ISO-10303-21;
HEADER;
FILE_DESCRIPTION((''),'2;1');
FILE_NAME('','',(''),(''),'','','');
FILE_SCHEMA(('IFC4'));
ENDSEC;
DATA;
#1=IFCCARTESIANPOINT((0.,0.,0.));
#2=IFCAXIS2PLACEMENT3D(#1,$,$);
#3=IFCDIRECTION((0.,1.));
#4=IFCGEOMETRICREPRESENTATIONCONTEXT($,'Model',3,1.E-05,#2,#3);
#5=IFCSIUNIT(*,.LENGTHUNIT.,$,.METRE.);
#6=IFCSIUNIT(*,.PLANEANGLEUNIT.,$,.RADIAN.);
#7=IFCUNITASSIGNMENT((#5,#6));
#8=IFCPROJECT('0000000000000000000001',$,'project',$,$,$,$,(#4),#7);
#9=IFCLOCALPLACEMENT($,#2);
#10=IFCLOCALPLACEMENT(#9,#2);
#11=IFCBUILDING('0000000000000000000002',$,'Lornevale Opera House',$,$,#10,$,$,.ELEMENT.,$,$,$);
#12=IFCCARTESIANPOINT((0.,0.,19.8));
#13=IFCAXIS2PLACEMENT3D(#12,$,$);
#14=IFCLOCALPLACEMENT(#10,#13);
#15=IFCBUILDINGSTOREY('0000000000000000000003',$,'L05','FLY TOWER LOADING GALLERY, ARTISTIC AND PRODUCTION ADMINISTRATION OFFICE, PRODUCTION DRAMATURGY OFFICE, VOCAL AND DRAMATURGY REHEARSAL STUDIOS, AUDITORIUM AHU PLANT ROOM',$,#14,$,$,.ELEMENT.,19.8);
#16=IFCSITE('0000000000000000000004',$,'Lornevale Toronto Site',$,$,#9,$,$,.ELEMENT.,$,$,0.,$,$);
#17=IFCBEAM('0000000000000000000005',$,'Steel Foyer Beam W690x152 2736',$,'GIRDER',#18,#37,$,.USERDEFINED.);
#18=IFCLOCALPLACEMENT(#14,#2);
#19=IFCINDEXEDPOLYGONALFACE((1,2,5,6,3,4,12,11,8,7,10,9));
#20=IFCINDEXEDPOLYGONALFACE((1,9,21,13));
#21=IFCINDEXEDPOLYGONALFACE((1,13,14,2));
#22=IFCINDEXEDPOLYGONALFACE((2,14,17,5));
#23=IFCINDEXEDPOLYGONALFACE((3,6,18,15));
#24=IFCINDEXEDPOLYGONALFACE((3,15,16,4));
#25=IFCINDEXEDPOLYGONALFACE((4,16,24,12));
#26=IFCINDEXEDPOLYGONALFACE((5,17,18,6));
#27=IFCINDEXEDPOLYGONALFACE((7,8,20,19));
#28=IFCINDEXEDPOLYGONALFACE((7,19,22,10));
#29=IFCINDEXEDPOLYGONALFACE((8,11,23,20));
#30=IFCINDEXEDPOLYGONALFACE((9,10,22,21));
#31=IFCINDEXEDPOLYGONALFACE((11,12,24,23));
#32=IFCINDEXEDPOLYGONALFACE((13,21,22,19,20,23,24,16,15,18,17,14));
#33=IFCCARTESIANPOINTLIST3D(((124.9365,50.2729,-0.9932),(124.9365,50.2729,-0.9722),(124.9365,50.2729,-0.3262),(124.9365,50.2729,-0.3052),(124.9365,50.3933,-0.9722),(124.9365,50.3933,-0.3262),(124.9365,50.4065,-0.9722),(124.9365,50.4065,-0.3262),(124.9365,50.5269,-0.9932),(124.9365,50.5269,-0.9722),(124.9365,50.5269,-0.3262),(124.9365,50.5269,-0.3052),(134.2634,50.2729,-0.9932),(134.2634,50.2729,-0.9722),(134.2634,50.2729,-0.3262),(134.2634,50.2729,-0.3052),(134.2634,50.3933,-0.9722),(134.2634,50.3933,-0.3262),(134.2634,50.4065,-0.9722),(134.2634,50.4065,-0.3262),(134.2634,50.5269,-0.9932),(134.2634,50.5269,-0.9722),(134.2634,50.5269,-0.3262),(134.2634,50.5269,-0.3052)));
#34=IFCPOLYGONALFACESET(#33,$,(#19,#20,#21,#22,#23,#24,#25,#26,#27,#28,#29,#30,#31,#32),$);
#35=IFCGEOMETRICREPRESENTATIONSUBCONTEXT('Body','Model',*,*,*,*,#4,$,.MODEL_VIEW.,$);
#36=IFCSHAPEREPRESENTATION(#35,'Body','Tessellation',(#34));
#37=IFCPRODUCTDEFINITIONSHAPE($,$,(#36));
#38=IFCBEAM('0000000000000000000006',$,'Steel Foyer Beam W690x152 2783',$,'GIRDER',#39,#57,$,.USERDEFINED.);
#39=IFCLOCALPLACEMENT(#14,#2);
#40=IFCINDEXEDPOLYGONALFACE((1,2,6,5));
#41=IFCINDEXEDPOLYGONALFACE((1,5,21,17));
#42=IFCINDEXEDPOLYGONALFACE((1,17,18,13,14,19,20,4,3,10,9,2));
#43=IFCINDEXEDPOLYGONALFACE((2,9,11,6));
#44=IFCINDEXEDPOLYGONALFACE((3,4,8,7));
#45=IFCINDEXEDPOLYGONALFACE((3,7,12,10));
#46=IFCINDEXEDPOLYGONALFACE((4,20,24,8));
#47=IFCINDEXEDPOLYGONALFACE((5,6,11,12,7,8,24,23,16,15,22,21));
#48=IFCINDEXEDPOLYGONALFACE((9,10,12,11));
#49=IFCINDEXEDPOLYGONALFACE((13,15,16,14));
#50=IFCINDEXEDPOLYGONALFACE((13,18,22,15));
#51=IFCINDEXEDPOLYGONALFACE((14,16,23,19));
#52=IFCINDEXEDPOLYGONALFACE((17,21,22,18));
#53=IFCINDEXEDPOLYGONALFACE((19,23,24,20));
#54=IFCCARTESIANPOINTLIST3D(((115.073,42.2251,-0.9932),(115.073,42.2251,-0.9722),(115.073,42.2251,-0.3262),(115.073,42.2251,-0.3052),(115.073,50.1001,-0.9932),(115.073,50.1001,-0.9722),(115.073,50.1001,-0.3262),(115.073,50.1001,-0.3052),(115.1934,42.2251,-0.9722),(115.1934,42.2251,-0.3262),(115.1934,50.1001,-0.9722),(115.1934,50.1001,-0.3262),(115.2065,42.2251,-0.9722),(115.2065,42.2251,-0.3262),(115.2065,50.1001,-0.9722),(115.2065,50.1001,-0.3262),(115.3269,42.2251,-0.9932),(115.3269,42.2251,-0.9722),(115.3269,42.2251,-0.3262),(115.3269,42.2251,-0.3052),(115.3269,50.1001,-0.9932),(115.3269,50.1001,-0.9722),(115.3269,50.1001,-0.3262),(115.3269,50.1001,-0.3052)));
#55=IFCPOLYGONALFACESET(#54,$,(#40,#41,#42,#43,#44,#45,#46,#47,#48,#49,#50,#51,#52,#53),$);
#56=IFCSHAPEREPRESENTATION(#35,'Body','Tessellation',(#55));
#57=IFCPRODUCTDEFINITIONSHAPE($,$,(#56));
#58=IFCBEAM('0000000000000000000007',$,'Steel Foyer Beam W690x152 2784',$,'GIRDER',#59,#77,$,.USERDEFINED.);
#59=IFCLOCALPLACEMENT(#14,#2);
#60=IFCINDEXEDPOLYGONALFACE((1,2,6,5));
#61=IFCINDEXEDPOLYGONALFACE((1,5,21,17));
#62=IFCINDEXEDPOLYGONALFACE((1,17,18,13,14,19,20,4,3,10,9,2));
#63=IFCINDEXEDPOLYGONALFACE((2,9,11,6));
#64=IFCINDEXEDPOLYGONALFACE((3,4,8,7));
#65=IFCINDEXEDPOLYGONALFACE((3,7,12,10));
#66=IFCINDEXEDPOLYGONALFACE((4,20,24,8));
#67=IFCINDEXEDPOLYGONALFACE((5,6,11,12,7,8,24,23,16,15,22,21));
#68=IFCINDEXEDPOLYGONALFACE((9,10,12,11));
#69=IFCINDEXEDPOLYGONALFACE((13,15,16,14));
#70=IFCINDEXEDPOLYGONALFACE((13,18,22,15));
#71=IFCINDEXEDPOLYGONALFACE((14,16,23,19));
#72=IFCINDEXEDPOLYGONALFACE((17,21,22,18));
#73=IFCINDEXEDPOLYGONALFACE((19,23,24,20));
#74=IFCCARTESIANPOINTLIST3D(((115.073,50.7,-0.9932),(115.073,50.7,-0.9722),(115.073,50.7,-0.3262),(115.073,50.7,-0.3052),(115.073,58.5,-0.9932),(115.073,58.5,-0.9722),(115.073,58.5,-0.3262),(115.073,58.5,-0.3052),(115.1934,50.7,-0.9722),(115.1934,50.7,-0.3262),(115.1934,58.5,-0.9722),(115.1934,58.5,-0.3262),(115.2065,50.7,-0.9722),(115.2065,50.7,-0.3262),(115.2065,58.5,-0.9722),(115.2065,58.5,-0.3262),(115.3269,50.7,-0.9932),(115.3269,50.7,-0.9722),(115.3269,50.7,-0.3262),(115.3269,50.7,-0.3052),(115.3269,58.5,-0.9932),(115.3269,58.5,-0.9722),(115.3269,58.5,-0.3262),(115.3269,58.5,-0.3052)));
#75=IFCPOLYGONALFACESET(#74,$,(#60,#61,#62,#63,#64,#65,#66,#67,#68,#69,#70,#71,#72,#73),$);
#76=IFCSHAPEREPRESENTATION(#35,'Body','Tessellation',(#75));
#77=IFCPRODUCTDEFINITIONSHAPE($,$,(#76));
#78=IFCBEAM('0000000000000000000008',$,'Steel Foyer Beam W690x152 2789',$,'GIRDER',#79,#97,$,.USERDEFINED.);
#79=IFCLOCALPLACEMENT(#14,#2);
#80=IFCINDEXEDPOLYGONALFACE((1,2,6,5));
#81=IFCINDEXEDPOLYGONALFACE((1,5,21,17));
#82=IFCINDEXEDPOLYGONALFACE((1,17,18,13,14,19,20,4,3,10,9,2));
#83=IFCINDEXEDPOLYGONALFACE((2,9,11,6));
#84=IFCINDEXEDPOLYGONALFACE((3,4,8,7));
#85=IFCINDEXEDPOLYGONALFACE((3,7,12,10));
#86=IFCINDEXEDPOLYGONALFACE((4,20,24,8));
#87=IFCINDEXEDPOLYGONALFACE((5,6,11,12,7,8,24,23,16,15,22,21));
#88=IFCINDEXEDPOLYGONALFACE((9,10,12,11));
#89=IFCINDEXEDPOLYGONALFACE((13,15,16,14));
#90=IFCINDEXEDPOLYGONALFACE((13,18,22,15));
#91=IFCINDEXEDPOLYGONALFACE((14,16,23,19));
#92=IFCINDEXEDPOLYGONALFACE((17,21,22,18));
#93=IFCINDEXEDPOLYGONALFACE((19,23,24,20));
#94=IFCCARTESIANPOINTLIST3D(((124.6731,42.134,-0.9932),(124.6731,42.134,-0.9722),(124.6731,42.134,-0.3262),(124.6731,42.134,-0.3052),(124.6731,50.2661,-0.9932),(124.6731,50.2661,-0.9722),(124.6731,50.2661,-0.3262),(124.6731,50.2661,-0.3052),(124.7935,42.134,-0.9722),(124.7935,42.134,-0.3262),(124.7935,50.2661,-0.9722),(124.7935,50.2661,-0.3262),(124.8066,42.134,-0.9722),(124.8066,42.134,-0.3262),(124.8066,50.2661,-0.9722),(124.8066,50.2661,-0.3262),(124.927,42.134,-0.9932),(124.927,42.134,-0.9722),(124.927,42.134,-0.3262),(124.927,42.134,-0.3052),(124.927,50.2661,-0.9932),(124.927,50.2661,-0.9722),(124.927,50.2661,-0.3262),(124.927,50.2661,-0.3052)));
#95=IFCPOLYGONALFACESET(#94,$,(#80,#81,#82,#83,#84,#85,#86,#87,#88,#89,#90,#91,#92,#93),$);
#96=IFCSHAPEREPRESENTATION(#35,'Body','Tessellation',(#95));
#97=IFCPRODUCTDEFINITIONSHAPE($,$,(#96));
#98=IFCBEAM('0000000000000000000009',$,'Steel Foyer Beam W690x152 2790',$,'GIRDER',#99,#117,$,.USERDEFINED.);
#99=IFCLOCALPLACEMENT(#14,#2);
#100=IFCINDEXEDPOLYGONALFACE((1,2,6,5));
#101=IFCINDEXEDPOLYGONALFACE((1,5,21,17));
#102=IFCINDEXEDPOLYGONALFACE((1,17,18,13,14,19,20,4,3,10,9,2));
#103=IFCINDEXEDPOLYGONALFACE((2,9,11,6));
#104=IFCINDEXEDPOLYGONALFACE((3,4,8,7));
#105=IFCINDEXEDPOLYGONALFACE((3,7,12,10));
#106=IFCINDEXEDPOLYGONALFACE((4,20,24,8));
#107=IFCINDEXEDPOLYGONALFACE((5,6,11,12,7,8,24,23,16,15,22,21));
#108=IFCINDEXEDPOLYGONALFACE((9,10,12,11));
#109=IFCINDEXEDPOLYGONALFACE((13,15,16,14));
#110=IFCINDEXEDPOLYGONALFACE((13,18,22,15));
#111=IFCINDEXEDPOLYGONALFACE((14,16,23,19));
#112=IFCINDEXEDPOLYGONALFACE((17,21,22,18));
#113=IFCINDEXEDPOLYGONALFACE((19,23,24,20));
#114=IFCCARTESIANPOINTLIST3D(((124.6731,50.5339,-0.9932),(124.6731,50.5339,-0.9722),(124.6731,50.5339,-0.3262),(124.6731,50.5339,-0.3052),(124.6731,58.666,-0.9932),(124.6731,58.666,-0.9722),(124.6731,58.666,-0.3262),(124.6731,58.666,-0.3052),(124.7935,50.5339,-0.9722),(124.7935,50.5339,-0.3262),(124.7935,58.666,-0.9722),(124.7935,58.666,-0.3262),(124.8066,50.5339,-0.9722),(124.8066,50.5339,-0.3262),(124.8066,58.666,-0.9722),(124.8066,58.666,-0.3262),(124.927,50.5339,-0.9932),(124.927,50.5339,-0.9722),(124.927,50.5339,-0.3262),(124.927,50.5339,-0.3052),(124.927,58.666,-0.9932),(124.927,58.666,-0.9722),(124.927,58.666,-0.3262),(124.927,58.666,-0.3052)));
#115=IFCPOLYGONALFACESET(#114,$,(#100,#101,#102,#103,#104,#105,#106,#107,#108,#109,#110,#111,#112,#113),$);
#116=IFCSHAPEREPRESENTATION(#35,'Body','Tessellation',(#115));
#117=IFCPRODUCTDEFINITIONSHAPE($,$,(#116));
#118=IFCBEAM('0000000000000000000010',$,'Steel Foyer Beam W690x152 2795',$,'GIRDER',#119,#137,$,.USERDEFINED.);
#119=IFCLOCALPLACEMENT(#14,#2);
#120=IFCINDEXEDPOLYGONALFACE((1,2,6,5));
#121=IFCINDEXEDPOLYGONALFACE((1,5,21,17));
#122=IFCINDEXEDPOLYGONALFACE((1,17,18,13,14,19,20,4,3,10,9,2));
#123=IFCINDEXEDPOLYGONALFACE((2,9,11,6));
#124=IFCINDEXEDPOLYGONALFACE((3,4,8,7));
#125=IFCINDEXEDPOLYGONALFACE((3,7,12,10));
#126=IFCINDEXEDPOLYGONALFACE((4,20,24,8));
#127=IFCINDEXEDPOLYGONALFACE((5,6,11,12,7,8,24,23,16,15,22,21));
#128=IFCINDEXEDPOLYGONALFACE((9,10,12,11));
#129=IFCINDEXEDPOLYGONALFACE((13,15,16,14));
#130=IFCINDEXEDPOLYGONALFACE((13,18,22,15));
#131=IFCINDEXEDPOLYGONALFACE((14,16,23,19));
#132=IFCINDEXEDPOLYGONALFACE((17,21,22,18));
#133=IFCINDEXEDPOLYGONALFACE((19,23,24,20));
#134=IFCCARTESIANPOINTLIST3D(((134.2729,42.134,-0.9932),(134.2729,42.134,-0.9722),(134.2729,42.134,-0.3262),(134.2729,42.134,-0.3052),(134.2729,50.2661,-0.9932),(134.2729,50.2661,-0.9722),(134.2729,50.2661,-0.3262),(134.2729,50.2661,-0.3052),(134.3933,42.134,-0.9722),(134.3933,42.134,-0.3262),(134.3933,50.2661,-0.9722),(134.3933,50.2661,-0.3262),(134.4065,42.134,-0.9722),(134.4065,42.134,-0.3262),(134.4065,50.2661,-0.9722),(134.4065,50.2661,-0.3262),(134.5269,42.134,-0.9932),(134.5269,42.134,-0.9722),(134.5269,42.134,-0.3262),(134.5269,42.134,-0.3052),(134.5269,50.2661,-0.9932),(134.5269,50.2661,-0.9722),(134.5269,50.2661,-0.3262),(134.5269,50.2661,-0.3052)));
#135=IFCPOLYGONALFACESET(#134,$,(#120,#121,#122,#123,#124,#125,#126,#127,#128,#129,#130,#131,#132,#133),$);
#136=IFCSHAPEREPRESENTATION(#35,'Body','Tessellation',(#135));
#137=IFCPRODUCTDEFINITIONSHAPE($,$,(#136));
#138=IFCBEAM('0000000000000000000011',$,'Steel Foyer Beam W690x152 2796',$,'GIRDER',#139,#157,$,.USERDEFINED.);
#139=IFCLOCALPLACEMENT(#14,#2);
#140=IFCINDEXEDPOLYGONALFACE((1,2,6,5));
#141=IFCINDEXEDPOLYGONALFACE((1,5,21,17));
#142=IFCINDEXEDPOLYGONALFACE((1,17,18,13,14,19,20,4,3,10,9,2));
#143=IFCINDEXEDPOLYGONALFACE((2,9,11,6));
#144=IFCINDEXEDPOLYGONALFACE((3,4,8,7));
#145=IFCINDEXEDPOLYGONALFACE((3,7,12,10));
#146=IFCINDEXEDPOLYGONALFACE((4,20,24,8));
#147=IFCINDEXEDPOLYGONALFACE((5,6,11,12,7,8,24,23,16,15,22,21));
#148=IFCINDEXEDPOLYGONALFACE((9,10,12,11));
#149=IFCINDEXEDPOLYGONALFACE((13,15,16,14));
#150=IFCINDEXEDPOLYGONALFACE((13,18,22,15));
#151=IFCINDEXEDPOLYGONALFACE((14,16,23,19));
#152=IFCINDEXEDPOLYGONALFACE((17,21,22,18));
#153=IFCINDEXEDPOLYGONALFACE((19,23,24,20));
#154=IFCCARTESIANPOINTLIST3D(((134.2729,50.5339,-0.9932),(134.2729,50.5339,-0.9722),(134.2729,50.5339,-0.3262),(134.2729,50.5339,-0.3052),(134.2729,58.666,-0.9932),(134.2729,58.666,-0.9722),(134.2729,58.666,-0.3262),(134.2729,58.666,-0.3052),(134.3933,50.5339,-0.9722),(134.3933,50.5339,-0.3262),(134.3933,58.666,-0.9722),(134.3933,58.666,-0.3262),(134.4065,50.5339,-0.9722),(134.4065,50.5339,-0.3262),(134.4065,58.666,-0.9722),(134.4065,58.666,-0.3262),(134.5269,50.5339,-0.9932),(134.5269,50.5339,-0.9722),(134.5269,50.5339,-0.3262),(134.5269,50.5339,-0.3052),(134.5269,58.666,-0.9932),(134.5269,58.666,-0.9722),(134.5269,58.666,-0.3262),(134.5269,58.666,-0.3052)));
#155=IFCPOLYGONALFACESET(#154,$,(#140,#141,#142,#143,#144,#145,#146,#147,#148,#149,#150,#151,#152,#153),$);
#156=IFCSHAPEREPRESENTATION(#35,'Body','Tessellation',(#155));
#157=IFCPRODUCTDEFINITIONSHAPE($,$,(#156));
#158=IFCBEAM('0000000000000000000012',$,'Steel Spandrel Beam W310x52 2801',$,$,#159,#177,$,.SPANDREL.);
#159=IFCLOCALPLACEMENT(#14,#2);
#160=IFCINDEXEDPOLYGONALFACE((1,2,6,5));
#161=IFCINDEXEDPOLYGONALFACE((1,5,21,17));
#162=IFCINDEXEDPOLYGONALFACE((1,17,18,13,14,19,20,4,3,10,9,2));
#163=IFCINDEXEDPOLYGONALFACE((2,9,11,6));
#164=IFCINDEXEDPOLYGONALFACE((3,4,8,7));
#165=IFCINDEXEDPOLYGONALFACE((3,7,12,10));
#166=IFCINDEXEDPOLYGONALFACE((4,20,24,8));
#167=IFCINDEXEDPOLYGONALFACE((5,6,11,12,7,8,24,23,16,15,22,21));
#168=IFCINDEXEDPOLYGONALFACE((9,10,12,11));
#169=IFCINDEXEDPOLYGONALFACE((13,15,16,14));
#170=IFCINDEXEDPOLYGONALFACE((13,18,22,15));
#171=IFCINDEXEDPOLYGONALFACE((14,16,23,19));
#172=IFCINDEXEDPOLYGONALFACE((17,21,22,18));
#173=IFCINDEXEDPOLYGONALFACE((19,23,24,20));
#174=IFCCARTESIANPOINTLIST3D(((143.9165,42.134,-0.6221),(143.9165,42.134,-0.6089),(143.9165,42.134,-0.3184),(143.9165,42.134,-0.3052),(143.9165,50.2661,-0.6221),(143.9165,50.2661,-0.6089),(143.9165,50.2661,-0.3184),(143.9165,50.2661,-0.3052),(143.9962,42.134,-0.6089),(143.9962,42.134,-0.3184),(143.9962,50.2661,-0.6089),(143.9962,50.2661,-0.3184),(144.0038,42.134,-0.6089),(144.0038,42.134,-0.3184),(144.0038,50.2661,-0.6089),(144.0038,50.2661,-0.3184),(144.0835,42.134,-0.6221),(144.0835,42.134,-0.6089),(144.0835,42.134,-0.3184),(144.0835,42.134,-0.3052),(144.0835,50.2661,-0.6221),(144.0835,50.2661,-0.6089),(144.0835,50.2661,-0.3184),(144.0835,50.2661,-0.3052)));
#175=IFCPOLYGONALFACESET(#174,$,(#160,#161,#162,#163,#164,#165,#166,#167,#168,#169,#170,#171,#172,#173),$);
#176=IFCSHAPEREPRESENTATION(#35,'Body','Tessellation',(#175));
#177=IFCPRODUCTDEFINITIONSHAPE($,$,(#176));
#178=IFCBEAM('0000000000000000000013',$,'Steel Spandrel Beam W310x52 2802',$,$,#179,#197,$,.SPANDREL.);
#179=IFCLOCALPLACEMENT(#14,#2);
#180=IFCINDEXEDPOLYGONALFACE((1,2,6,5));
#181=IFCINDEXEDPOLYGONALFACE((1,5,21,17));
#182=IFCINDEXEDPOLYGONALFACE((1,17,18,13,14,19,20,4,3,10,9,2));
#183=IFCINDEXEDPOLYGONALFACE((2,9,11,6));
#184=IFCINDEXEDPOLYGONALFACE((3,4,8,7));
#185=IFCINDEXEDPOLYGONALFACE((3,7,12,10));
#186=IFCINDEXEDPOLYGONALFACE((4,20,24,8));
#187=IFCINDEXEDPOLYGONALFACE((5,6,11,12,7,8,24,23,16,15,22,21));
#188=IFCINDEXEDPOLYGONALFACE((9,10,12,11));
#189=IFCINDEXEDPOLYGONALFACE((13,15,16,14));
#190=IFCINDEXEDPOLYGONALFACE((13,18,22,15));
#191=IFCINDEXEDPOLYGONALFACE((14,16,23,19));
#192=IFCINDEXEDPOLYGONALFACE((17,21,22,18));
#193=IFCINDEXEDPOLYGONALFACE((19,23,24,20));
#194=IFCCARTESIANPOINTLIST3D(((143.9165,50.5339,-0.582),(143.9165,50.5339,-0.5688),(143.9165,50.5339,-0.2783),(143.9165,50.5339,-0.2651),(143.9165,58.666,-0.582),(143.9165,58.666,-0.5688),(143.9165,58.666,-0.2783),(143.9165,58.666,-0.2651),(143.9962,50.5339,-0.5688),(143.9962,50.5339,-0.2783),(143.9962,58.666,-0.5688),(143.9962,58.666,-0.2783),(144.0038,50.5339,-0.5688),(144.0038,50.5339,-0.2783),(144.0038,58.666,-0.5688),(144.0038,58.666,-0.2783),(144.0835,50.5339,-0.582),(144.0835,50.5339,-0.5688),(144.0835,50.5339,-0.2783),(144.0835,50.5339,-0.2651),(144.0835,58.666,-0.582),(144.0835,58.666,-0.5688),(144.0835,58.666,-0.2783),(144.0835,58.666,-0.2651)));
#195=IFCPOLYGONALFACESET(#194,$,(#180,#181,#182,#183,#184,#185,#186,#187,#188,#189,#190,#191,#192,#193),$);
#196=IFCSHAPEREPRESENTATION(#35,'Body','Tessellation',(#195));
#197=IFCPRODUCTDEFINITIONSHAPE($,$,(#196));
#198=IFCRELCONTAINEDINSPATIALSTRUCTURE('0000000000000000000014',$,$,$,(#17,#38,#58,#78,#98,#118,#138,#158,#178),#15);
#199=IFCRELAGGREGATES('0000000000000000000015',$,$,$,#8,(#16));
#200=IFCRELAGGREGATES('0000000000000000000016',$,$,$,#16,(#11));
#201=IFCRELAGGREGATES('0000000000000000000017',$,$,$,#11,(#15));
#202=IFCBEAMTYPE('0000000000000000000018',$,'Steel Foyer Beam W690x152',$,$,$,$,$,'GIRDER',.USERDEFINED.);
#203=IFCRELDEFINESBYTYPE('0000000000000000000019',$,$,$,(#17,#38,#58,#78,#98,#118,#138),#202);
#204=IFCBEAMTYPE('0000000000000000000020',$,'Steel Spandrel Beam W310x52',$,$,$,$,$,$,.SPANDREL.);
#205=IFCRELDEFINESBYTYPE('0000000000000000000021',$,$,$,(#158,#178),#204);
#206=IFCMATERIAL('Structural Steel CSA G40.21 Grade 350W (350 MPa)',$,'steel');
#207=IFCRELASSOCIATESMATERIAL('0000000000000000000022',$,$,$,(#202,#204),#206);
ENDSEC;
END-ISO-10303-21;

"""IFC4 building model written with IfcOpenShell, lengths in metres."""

from ifc_helpers import new_model, si_unit, direction, frame, origin, origin_2d, place, context, subcontext, project, spatial, i_section, extrude, material, material_profile, profile_set, type_object, element, save


model = new_model("IFC4")

# Units and contexts
model_context = context("Model", 3, precision=1e-05, world=origin(), true_north=direction((0.0, 1.0)))
body_context = subcontext(model_context, "Body", "Model", "MODEL_VIEW")
ifc_project = project(units=[si_unit("LENGTHUNIT", "METRE"), si_unit("PLANEANGLEUNIT", "RADIAN")], contexts=[model_context])

# Site, building, storey
site_placement = place(None, origin())
site = spatial("IfcSite", under=ifc_project, at=site_placement, Name="Lornevale Toronto Site", CompositionType="ELEMENT", RefElevation=0.0)
building_placement = place(site_placement, origin())
building = spatial("IfcBuilding", under=site, at=building_placement, Name="Lornevale Opera House", CompositionType="ELEMENT")
storey_placement = place(building_placement, frame((0.0, 0.0, 19.8)))
storey = spatial("IfcBuildingStorey", under=building, at=storey_placement, Name="L05", Description="FLY TOWER LOADING GALLERY, ARTISTIC AND PRODUCTION ADMINISTRATION OFFICE, PRODUCTION DRAMATURGY OFFICE, VOCAL AND DRAMATURGY REHEARSAL STUDIOS, AUDITORIUM AHU PLANT ROOM", CompositionType="ELEMENT", Elevation=19.8)

# Shared definitions
ifc_material_1 = material(Name="Structural Steel CSA G40.21 Grade 350W (350 MPa)", Category="steel")

# Beams
ifc_material_profile_1 = material_profile(ifc_material_1, i_section(OverallWidth=0.2539, OverallDepth=0.688, WebThickness=0.0132, FlangeThickness=0.021, at=origin_2d()), Name="W690x152")
ifc_profile_set_1 = profile_set([ifc_material_profile_1], Name="Structural Steel CSA G40.21 Grade 350W (350 MPa)")
beam_type_1 = type_object("IfcBeamType", Name="Steel Foyer Beam W690x152", ElementType="GIRDER", PredefinedType="USERDEFINED", material=ifc_profile_set_1)
beam_1_placement = place(storey_placement, frame((124.9365, 50.3999, -0.6492), z_axis=(1.0, 0.0, 0.0), x_axis=(0.0, 1.0, 0.0)))
element("IfcBeam", 1, at=beam_1_placement, inside=storey, type_object=beam_type_1, Name="Steel Foyer Beam W690x152 2736", ObjectType="GIRDER", PredefinedType="USERDEFINED", context=body_context, shape_type="SweptSolid", body=[
    extrude(i_section(OverallWidth=0.2539, OverallDepth=0.688, WebThickness=0.0132, FlangeThickness=0.021, at=origin_2d()), origin(), (0.0, 0.0, 1.0), 9.3269),
])
beam_2_placement = place(storey_placement, frame((115.2, 42.2251, -0.6492), z_axis=(0.0, 1.0, 0.0), x_axis=(-1.0, 0.0, 0.0)))
element("IfcBeam", 2, at=beam_2_placement, inside=storey, type_object=beam_type_1, Name="Steel Foyer Beam W690x152 2783", ObjectType="GIRDER", PredefinedType="USERDEFINED", context=body_context, shape_type="SweptSolid", body=[
    extrude(i_section(OverallWidth=0.2539, OverallDepth=0.688, WebThickness=0.0132, FlangeThickness=0.021, at=origin_2d()), origin(), (0.0, 0.0, 1.0), 7.875),
])
beam_3_placement = place(storey_placement, frame((115.2, 50.7, -0.6492), z_axis=(0.0, 1.0, 0.0), x_axis=(-1.0, 0.0, 0.0)))
element("IfcBeam", 3, at=beam_3_placement, inside=storey, type_object=beam_type_1, Name="Steel Foyer Beam W690x152 2784", ObjectType="GIRDER", PredefinedType="USERDEFINED", context=body_context, shape_type="SweptSolid", body=[
    extrude(i_section(OverallWidth=0.2539, OverallDepth=0.688, WebThickness=0.0132, FlangeThickness=0.021, at=origin_2d()), origin(), (0.0, 0.0, 1.0), 7.8),
])
for number, where, z_axis, x_axis, name in (
    (4, (124.8, 42.134, -0.6492), (0.0, 1.0, 0.0), (-1.0, 0.0, 0.0), "Steel Foyer Beam W690x152 2789"),
    (5, (124.8, 50.5339, -0.6492), (0.0, 1.0, 0.0), (-1.0, 0.0, 0.0), "Steel Foyer Beam W690x152 2790"),
    (6, (134.3999, 42.134, -0.6492), (0.0, 1.0, 0.0), (-1.0, 0.0, 0.0), "Steel Foyer Beam W690x152 2795"),
    (7, (134.3999, 50.5339, -0.6492), (0.0, 1.0, 0.0), (-1.0, 0.0, 0.0), "Steel Foyer Beam W690x152 2796"),
):
    element("IfcBeam", number, at=place(storey_placement, frame(where, z_axis=z_axis, x_axis=x_axis)), inside=storey, type_object=beam_type_1, Name=name, ObjectType="GIRDER", PredefinedType="USERDEFINED", context=body_context, shape_type="SweptSolid", body=[
        extrude(i_section(OverallWidth=0.2539, OverallDepth=0.688, WebThickness=0.0132, FlangeThickness=0.021, at=origin_2d()), origin(), (0.0, 0.0, 1.0), 8.1321),
    ])
ifc_material_profile_2 = material_profile(ifc_material_1, i_section(OverallWidth=0.167, OverallDepth=0.3169, WebThickness=0.0076, FlangeThickness=0.0132, at=origin_2d()), Name="W310x52")
ifc_profile_set_2 = profile_set([ifc_material_profile_2], Name="Structural Steel CSA G40.21 Grade 350W (350 MPa)")
beam_type_2 = type_object("IfcBeamType", Name="Steel Spandrel Beam W310x52", PredefinedType="SPANDREL", material=ifc_profile_set_2)
for number, where, z_axis, x_axis, name in (
    (8, (144.0, 42.134, -0.4636), (0.0, 1.0, 0.0), (-1.0, 0.0, 0.0), "Steel Spandrel Beam W310x52 2801"),
    (9, (144.0, 50.5339, -0.4236), (0.0, 1.0, 0.0), (-1.0, 0.0, 0.0), "Steel Spandrel Beam W310x52 2802"),
):
    element("IfcBeam", number, at=place(storey_placement, frame(where, z_axis=z_axis, x_axis=x_axis)), inside=storey, type_object=beam_type_2, Name=name, PredefinedType="SPANDREL", context=body_context, shape_type="SweptSolid", body=[
        extrude(i_section(OverallWidth=0.167, OverallDepth=0.3169, WebThickness=0.0076, FlangeThickness=0.0132, at=origin_2d()), origin(), (0.0, 0.0, 1.0), 8.1321),
    ])

save(model, "model.ifc")
